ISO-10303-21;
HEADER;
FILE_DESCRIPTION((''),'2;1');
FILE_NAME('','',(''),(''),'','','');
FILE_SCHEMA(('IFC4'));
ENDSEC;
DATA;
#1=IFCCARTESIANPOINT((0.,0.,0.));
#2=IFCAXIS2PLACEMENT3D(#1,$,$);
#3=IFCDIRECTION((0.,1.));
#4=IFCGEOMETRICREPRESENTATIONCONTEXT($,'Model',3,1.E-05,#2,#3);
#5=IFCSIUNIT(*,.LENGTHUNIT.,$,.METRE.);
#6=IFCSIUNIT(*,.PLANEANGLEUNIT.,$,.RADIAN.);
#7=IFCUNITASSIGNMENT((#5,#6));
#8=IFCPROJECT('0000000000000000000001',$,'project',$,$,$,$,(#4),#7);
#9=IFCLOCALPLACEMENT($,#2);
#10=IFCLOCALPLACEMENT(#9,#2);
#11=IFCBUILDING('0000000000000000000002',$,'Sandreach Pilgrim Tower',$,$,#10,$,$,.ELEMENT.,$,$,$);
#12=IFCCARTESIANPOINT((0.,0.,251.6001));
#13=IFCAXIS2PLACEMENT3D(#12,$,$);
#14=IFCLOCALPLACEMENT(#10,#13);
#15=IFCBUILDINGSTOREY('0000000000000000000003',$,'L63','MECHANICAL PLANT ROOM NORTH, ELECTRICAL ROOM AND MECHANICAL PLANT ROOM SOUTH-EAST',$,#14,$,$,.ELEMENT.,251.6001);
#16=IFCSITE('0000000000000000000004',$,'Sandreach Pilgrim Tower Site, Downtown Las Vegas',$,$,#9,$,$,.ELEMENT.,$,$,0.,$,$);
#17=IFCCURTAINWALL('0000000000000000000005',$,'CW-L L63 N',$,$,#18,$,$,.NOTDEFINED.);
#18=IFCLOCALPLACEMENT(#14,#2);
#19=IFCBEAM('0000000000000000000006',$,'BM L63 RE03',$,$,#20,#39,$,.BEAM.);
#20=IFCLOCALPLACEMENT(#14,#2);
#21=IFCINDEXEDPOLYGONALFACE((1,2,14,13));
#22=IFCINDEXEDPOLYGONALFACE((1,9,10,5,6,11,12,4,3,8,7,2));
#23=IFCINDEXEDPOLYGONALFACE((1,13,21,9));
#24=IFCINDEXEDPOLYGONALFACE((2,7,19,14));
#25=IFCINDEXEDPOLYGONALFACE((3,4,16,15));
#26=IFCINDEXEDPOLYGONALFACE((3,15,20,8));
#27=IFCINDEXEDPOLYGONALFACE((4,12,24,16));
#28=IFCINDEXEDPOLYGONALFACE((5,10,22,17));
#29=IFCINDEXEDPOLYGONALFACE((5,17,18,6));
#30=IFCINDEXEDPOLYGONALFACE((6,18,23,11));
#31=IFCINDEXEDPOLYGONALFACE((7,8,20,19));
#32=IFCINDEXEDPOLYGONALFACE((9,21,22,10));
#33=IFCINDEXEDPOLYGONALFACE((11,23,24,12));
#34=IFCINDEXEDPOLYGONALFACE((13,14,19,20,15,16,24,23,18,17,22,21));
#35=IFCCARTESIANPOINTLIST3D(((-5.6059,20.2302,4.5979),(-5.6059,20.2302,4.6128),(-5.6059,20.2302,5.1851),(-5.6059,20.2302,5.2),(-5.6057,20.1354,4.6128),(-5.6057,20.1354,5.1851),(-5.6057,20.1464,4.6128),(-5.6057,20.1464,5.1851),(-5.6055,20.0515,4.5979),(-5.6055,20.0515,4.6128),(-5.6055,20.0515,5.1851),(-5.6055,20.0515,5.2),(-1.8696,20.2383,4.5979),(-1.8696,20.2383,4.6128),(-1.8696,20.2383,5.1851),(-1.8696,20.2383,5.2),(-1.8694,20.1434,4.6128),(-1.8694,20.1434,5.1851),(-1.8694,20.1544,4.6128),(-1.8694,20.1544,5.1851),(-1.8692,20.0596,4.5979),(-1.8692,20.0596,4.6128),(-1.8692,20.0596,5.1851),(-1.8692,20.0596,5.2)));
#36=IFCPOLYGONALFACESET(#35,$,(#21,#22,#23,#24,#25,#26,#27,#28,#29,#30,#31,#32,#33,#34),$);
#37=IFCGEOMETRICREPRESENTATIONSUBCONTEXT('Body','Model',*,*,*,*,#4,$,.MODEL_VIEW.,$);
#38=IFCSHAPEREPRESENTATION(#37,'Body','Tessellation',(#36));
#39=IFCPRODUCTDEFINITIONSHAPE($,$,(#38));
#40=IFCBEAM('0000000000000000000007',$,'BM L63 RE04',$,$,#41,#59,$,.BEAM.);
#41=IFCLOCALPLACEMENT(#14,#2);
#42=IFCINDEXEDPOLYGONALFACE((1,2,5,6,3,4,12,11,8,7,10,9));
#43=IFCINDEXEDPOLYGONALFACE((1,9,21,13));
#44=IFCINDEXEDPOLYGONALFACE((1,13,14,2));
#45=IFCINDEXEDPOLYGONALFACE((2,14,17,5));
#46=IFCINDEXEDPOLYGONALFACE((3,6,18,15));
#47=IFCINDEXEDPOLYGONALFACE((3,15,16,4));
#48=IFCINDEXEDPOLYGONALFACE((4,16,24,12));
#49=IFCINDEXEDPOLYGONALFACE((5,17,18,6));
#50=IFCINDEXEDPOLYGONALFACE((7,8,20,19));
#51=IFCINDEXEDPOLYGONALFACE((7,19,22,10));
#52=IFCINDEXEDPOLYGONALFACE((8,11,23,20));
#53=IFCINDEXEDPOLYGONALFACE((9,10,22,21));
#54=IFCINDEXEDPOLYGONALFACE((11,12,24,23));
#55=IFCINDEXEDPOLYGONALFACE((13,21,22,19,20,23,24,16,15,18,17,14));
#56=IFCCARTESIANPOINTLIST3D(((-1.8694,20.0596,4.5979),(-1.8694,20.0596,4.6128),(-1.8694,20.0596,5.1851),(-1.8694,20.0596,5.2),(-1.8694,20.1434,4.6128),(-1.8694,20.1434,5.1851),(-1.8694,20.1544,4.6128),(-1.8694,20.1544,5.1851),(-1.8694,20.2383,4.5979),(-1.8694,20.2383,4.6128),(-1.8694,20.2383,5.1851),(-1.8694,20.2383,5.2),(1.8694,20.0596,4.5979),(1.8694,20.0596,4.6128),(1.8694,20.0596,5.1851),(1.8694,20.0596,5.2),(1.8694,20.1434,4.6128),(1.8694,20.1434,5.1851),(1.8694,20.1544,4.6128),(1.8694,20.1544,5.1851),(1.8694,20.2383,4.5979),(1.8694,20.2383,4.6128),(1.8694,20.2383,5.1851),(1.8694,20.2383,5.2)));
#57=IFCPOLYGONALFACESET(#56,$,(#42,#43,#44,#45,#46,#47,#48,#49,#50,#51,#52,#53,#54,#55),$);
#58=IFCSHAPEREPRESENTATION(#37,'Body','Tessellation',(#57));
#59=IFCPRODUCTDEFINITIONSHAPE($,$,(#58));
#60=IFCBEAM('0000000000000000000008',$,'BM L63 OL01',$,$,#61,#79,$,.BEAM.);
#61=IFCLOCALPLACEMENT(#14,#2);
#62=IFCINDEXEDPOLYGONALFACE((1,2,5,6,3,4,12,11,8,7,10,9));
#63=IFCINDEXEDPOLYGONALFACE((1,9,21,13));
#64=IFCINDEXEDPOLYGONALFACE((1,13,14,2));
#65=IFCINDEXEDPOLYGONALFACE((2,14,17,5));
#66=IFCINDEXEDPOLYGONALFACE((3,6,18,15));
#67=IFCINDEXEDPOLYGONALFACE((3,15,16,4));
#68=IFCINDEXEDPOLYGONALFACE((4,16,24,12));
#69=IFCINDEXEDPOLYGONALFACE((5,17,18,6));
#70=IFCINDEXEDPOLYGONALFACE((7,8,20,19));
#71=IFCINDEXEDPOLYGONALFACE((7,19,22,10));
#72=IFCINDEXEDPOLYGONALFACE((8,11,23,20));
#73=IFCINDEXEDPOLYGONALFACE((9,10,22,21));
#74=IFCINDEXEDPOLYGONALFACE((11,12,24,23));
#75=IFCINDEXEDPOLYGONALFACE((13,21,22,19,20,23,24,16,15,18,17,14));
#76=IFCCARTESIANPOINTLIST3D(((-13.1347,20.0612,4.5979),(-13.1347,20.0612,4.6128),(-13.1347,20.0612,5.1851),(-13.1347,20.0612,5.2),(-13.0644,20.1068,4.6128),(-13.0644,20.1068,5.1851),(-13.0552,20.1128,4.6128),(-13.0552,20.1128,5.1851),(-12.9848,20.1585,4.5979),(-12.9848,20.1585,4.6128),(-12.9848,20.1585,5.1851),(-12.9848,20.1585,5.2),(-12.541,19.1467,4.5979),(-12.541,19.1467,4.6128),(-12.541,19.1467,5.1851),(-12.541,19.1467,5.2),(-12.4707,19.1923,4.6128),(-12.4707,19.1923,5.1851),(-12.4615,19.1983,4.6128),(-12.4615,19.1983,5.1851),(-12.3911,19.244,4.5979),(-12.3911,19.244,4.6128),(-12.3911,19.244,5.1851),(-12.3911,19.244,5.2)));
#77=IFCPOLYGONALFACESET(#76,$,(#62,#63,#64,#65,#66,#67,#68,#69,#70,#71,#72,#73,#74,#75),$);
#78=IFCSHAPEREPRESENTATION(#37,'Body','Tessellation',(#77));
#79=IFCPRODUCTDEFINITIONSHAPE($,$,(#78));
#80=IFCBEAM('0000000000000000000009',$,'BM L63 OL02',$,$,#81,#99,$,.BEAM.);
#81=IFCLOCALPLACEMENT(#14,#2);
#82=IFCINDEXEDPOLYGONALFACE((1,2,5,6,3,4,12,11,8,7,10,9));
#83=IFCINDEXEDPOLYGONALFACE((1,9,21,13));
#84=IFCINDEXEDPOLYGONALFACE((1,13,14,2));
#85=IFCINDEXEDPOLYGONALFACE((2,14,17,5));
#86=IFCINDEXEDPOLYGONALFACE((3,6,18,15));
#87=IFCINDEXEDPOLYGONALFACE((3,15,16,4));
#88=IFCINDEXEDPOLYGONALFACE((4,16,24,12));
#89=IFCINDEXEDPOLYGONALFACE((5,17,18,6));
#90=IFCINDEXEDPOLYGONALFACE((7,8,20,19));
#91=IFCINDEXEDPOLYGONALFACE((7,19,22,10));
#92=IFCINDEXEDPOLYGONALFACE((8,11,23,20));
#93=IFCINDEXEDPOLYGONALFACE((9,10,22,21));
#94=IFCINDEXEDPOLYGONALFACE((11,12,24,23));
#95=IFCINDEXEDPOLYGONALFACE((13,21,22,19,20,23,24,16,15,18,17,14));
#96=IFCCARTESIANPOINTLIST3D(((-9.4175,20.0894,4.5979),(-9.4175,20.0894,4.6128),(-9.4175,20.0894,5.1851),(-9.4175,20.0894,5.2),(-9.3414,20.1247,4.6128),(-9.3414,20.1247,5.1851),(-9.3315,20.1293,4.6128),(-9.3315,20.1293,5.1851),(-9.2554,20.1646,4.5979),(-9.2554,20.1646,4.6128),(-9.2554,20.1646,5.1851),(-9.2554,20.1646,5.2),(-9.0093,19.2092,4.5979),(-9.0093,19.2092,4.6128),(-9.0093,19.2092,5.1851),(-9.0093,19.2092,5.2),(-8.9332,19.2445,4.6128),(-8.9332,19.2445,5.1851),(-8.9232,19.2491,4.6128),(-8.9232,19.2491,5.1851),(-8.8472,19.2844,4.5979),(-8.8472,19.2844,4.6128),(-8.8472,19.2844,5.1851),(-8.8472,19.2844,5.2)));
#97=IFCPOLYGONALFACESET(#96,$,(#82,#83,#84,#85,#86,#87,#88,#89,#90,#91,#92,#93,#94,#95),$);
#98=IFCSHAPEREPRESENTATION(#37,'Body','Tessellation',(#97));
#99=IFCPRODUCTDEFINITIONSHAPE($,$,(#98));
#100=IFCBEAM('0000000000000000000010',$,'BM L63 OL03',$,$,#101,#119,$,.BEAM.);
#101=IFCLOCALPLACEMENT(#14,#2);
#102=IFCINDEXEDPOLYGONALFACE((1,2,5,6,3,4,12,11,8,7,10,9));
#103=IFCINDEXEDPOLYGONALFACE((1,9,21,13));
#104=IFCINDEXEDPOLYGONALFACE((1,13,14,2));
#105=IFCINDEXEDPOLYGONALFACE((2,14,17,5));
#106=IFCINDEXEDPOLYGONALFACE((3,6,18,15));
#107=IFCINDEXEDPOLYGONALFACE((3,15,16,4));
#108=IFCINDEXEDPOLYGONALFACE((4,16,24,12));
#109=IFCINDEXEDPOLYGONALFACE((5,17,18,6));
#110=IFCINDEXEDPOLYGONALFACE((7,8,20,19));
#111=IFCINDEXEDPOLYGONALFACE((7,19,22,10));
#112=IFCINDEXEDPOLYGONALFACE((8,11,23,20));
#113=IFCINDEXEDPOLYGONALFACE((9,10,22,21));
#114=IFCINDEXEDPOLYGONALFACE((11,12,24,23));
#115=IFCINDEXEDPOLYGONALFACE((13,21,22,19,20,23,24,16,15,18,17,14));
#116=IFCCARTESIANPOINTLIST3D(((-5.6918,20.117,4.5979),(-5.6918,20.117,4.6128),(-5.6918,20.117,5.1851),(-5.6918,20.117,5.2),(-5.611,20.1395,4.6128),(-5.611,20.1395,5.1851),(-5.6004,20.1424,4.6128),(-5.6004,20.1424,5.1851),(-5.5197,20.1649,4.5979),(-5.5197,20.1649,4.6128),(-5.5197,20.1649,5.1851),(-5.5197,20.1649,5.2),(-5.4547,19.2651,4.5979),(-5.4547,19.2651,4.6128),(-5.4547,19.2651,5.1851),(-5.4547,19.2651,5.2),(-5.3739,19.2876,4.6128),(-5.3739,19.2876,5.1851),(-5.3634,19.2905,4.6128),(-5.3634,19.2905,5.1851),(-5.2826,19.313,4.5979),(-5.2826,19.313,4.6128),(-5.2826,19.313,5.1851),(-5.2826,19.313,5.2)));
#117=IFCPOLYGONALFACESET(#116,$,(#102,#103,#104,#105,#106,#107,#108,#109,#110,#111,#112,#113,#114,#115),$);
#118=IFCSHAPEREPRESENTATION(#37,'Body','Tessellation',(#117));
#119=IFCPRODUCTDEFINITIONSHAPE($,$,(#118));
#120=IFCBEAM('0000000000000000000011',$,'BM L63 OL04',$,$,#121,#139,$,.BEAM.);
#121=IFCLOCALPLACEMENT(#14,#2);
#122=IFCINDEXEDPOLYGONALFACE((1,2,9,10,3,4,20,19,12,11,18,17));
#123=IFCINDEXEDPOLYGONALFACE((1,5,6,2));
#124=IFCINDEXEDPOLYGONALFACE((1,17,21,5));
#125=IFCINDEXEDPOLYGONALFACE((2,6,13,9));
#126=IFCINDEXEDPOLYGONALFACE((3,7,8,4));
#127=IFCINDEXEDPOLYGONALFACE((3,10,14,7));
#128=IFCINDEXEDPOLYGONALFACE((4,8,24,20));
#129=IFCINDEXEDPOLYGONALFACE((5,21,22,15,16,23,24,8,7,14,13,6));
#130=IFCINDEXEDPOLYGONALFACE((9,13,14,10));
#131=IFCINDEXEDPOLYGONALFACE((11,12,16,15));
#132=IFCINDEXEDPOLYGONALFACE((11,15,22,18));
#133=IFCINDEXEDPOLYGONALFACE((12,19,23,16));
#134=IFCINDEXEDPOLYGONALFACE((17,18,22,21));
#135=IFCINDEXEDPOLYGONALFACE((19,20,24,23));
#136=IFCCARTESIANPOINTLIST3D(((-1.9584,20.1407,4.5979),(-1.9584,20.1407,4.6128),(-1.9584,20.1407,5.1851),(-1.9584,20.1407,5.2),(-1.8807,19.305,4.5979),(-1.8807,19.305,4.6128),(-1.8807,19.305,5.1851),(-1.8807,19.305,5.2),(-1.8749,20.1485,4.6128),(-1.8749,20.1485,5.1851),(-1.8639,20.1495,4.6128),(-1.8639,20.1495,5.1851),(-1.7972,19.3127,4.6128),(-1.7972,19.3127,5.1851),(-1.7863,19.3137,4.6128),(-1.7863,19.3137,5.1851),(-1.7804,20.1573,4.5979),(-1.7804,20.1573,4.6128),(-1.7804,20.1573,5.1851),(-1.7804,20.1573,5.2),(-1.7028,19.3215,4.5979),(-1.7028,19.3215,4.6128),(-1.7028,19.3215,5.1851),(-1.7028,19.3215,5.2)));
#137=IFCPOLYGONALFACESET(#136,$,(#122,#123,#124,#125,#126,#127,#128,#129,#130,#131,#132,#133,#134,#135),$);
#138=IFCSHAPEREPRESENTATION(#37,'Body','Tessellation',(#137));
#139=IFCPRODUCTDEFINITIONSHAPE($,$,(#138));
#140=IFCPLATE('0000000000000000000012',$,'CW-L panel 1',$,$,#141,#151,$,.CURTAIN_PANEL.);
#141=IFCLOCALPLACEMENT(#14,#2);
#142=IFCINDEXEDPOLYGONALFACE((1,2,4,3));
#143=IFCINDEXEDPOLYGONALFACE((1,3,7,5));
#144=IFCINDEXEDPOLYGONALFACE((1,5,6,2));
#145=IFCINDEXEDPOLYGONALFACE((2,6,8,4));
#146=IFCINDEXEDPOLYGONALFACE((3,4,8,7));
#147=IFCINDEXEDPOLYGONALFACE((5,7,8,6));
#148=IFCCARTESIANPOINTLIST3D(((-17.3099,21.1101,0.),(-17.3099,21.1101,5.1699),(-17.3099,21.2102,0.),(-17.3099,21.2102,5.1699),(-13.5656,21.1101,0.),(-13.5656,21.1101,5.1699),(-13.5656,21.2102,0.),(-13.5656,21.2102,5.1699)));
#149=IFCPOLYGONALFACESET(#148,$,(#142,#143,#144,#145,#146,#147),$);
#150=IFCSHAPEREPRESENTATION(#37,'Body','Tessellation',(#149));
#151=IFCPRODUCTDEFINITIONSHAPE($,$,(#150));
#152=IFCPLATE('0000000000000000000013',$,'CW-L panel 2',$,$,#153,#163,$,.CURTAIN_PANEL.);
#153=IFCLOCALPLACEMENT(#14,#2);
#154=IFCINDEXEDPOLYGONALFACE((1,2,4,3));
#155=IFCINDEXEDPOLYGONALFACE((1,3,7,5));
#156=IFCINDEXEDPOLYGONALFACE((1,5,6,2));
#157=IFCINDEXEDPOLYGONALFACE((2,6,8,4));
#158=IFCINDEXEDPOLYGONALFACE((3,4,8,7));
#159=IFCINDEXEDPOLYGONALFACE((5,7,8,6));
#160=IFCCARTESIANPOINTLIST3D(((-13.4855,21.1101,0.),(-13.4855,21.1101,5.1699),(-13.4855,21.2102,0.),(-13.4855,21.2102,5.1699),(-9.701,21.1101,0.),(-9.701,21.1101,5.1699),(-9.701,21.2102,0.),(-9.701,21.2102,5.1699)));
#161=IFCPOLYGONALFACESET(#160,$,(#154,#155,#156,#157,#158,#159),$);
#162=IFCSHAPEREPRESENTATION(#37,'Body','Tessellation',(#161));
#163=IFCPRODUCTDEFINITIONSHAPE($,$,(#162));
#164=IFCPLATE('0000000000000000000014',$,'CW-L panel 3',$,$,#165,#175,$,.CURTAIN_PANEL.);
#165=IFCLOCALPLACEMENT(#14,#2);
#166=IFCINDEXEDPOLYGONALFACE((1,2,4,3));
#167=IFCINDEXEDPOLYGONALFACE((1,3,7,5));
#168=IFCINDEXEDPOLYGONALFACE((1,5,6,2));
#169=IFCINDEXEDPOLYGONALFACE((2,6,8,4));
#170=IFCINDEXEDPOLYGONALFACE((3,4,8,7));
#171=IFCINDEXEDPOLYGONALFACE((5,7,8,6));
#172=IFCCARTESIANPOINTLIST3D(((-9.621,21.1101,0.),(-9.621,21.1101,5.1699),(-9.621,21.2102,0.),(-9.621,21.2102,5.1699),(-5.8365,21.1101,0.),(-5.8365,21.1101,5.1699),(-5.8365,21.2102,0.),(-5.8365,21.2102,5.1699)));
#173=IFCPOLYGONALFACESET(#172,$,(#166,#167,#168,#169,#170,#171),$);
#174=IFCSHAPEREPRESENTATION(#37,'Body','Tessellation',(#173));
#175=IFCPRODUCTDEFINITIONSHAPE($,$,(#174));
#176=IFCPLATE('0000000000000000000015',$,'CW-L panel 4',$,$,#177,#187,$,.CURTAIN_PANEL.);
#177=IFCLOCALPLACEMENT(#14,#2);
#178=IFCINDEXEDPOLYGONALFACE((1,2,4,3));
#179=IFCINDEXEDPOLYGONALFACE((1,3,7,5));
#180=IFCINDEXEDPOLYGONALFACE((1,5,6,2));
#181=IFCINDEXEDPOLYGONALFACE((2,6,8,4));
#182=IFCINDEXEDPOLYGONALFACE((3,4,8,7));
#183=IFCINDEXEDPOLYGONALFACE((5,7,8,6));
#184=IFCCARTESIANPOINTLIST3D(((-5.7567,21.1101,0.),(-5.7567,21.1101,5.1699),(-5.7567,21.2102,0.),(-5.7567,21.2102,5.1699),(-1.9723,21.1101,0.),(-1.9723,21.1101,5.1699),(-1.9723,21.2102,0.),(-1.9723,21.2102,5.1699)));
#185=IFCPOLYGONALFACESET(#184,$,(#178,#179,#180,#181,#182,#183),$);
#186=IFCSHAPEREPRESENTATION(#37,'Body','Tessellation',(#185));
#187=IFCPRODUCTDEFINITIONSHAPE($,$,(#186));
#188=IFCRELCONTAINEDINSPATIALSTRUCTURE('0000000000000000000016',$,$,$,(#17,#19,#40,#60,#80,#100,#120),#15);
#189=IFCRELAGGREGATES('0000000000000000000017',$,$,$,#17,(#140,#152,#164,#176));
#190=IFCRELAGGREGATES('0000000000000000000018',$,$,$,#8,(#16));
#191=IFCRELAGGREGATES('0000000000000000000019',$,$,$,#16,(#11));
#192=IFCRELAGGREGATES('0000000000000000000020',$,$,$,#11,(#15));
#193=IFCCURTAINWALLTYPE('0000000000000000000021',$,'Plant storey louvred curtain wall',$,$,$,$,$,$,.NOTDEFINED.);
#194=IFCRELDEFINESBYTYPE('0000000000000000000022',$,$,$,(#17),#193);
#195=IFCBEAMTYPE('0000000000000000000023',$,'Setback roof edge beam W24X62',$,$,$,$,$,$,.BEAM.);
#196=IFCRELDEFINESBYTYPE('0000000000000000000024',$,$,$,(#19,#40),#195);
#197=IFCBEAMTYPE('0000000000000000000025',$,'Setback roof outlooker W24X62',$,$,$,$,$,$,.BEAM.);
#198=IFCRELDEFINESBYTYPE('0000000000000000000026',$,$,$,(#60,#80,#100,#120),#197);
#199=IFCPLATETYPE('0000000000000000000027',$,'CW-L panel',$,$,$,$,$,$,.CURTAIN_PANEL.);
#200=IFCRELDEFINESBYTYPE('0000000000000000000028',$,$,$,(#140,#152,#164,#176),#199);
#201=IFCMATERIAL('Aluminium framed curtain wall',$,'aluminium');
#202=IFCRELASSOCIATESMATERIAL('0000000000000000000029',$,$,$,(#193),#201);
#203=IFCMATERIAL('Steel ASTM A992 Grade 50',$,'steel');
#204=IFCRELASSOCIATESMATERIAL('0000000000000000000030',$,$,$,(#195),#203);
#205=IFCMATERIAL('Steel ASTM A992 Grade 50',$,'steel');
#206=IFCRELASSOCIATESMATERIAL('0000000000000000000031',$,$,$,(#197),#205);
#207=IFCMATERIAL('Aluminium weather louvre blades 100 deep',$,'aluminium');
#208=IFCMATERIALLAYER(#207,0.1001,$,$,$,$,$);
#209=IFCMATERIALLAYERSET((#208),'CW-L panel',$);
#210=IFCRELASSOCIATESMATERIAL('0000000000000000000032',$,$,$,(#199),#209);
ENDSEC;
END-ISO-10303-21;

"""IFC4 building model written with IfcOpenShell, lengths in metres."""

from ifc_helpers import new_model, si_unit, direction, frame, origin, origin_2d, place, context, subcontext, project, spatial, rectangle, i_section, extrude, material, layer, layer_set, material_profile, profile_set, type_object, element, aggregate, save


model = new_model("IFC4")

# Units and contexts
model_context = context("Model", 3, precision=1e-05, world=origin(), true_north=direction((0.0, 1.0)))
body_context = subcontext(model_context, "Body", "Model", "MODEL_VIEW")
ifc_project = project(units=[si_unit("LENGTHUNIT", "METRE"), si_unit("PLANEANGLEUNIT", "RADIAN")], contexts=[model_context])

# Site, building, storey
site_placement = place(None, origin())
site = spatial("IfcSite", under=ifc_project, at=site_placement, Name="Sandreach Pilgrim Tower Site, Downtown Las Vegas", CompositionType="ELEMENT", RefElevation=0.0)
building_placement = place(site_placement, origin())
building = spatial("IfcBuilding", under=site, at=building_placement, Name="Sandreach Pilgrim Tower", CompositionType="ELEMENT")
storey_placement = place(building_placement, frame((0.0, 0.0, 251.6001)))
storey = spatial("IfcBuildingStorey", under=building, at=storey_placement, Name="L63", Description="MECHANICAL PLANT ROOM NORTH, ELECTRICAL ROOM AND MECHANICAL PLANT ROOM SOUTH-EAST", CompositionType="ELEMENT", Elevation=251.6001)

# Curtain wall
ifc_material_1 = material(Name="Aluminium framed curtain wall", Category="aluminium")
curtain_wall_type = type_object("IfcCurtainWallType", Name="Plant storey louvred curtain wall", PredefinedType="NOTDEFINED", material=ifc_material_1)
curtain_wall_placement = place(storey_placement, origin())
curtain_wall = element("IfcCurtainWall", 1, at=curtain_wall_placement, inside=storey, type_object=curtain_wall_type, Name="CW-L L63 N", PredefinedType="NOTDEFINED")

# Beams
ifc_material_2 = material(Name="Steel ASTM A992 Grade 50", Category="steel")
ifc_material_profile_1 = material_profile(ifc_material_2, i_section(OverallWidth=0.1787, OverallDepth=0.6021, WebThickness=0.011, FlangeThickness=0.0149, at=origin_2d()), Name="W24X62")
ifc_profile_set_1 = profile_set([ifc_material_profile_1], Name="Steel ASTM A992 Grade 50")
beam_type_1 = type_object("IfcBeamType", Name="Setback roof edge beam W24X62", PredefinedType="BEAM", material=ifc_profile_set_1)
beam_1_placement = place(storey_placement, frame((-5.6057, 20.1409, 4.8989), z_axis=(0.999998, 0.002156, 0.0), x_axis=(-0.002156, 0.999998, 0.0)))
element("IfcBeam", 2, at=beam_1_placement, inside=storey, type_object=beam_type_1, Name="BM L63 RE03", PredefinedType="BEAM", context=body_context, shape_type="SweptSolid", body=[
    extrude(i_section(OverallWidth=0.1787, OverallDepth=0.6021, WebThickness=0.011, FlangeThickness=0.0149, at=origin_2d()), origin(), (0.0, 0.0, 1.0), 3.7363),
])
beam_2_placement = place(storey_placement, frame((-1.8694, 20.1489, 4.8989), z_axis=(1.0, 0.0, 0.0), x_axis=(0.0, 1.0, 0.0)))
element("IfcBeam", 3, at=beam_2_placement, inside=storey, type_object=beam_type_1, Name="BM L63 RE04", PredefinedType="BEAM", context=body_context, shape_type="SweptSolid", body=[
    extrude(i_section(OverallWidth=0.1787, OverallDepth=0.6021, WebThickness=0.011, FlangeThickness=0.0149, at=origin_2d()), origin(), (0.0, 0.0, 1.0), 3.7388),
])
ifc_material_3 = material(Name="Steel ASTM A992 Grade 50", Category="steel")
ifc_material_profile_2 = material_profile(ifc_material_3, i_section(OverallWidth=0.1787, OverallDepth=0.6021, WebThickness=0.011, FlangeThickness=0.0149, at=origin_2d()), Name="W24X62")
ifc_profile_set_2 = profile_set([ifc_material_profile_2], Name="Steel ASTM A992 Grade 50")
beam_type_2 = type_object("IfcBeamType", Name="Setback roof outlooker W24X62", PredefinedType="BEAM", material=ifc_profile_set_2)
beam_3_placement = place(storey_placement, frame((-12.4661, 19.1953, 4.8989), z_axis=(-0.544532, 0.83874, 0.0), x_axis=(-0.83874, -0.544532, 0.0)))
element("IfcBeam", 4, at=beam_3_placement, inside=storey, type_object=beam_type_2, Name="BM L63 OL01", PredefinedType="BEAM", context=body_context, shape_type="SweptSolid", body=[
    extrude(i_section(OverallWidth=0.1787, OverallDepth=0.6021, WebThickness=0.011, FlangeThickness=0.0149, at=origin_2d()), origin(), (0.0, 0.0, 1.0), 1.0903),
])
beam_4_placement = place(storey_placement, frame((-8.9282, 19.2468, 4.8989), z_axis=(-0.420749, 0.907177, 0.0), x_axis=(-0.907177, -0.420749, 0.0)))
element("IfcBeam", 5, at=beam_4_placement, inside=storey, type_object=beam_type_2, Name="BM L63 OL02", PredefinedType="BEAM", context=body_context, shape_type="SweptSolid", body=[
    extrude(i_section(OverallWidth=0.1787, OverallDepth=0.6021, WebThickness=0.011, FlangeThickness=0.0149, at=origin_2d()), origin(), (0.0, 0.0, 1.0), 0.9702),
])
beam_5_placement = place(storey_placement, frame((-5.3687, 19.2891, 4.8989), z_axis=(-0.268114, 0.963387, 0.0), x_axis=(-0.963387, -0.268114, 0.0)))
element("IfcBeam", 6, at=beam_5_placement, inside=storey, type_object=beam_type_2, Name="BM L63 OL03", PredefinedType="BEAM", context=body_context, shape_type="SweptSolid", body=[
    extrude(i_section(OverallWidth=0.1787, OverallDepth=0.6021, WebThickness=0.011, FlangeThickness=0.0149, at=origin_2d()), origin(), (0.0, 0.0, 1.0), 0.8843),
])
beam_6_placement = place(storey_placement, frame((-1.7917, 19.3132, 4.8989), z_axis=(-0.092503, 0.995712, 0.0), x_axis=(-0.995712, -0.092503, 0.0)))
element("IfcBeam", 7, at=beam_6_placement, inside=storey, type_object=beam_type_2, Name="BM L63 OL04", PredefinedType="BEAM", context=body_context, shape_type="SweptSolid", body=[
    extrude(i_section(OverallWidth=0.1787, OverallDepth=0.6021, WebThickness=0.011, FlangeThickness=0.0149, at=origin_2d()), origin(), (0.0, 0.0, 1.0), 0.8394),
])

# Plates
ifc_material_4 = material(Name="Aluminium weather louvre blades 100 deep", Category="aluminium")
ifc_layer = layer(ifc_material_4, 0.1001)
ifc_layer_set = layer_set([ifc_layer], Name="CW-L panel")
plate_type = type_object("IfcPlateType", Name="CW-L panel", PredefinedType="CURTAIN_PANEL", material=ifc_layer_set)
plate_1_placement = place(storey_placement, frame((-15.4377, 21.1602, 0.0), z_axis=(0.0, 0.0, 1.0), x_axis=(1.0, 0.0, 0.0)))
plate_1 = element("IfcPlate", 8, at=plate_1_placement, type_object=plate_type, Name="CW-L panel 1", PredefinedType="CURTAIN_PANEL", context=body_context, shape_type="SweptSolid", body=[
    extrude(rectangle(XDim=3.7444, YDim=0.1001, at=origin_2d()), origin(), (0.0, 0.0, 1.0), 5.1699),
])
plate_2_placement = place(storey_placement, frame((-11.5933, 21.1602, 0.0), z_axis=(0.0, 0.0, 1.0), x_axis=(1.0, 0.0, 0.0)))
plate_2 = element("IfcPlate", 9, at=plate_2_placement, type_object=plate_type, Name="CW-L panel 2", PredefinedType="CURTAIN_PANEL", context=body_context, shape_type="SweptSolid", body=[
    extrude(rectangle(XDim=3.7844, YDim=0.1001, at=origin_2d()), origin(), (0.0, 0.0, 1.0), 5.1699),
])
plate_3_placement = place(storey_placement, frame((-7.7288, 21.1602, 0.0), z_axis=(0.0, 0.0, 1.0), x_axis=(1.0, 0.0, 0.0)))
plate_3 = element("IfcPlate", 10, at=plate_3_placement, type_object=plate_type, Name="CW-L panel 3", PredefinedType="CURTAIN_PANEL", context=body_context, shape_type="SweptSolid", body=[
    extrude(rectangle(XDim=3.7844, YDim=0.1001, at=origin_2d()), origin(), (0.0, 0.0, 1.0), 5.1699),
])
plate_4_placement = place(storey_placement, frame((-3.8645, 21.1602, 0.0), z_axis=(0.0, 0.0, 1.0), x_axis=(1.0, 0.0, 0.0)))
plate_4 = element("IfcPlate", 11, at=plate_4_placement, type_object=plate_type, Name="CW-L panel 4", PredefinedType="CURTAIN_PANEL", context=body_context, shape_type="SweptSolid", body=[
    extrude(rectangle(XDim=3.7844, YDim=0.1001, at=origin_2d()), origin(), (0.0, 0.0, 1.0), 5.1699),
])
aggregate(curtain_wall, [plate_1, plate_2, plate_3, plate_4])

save(model, "model.ifc")
